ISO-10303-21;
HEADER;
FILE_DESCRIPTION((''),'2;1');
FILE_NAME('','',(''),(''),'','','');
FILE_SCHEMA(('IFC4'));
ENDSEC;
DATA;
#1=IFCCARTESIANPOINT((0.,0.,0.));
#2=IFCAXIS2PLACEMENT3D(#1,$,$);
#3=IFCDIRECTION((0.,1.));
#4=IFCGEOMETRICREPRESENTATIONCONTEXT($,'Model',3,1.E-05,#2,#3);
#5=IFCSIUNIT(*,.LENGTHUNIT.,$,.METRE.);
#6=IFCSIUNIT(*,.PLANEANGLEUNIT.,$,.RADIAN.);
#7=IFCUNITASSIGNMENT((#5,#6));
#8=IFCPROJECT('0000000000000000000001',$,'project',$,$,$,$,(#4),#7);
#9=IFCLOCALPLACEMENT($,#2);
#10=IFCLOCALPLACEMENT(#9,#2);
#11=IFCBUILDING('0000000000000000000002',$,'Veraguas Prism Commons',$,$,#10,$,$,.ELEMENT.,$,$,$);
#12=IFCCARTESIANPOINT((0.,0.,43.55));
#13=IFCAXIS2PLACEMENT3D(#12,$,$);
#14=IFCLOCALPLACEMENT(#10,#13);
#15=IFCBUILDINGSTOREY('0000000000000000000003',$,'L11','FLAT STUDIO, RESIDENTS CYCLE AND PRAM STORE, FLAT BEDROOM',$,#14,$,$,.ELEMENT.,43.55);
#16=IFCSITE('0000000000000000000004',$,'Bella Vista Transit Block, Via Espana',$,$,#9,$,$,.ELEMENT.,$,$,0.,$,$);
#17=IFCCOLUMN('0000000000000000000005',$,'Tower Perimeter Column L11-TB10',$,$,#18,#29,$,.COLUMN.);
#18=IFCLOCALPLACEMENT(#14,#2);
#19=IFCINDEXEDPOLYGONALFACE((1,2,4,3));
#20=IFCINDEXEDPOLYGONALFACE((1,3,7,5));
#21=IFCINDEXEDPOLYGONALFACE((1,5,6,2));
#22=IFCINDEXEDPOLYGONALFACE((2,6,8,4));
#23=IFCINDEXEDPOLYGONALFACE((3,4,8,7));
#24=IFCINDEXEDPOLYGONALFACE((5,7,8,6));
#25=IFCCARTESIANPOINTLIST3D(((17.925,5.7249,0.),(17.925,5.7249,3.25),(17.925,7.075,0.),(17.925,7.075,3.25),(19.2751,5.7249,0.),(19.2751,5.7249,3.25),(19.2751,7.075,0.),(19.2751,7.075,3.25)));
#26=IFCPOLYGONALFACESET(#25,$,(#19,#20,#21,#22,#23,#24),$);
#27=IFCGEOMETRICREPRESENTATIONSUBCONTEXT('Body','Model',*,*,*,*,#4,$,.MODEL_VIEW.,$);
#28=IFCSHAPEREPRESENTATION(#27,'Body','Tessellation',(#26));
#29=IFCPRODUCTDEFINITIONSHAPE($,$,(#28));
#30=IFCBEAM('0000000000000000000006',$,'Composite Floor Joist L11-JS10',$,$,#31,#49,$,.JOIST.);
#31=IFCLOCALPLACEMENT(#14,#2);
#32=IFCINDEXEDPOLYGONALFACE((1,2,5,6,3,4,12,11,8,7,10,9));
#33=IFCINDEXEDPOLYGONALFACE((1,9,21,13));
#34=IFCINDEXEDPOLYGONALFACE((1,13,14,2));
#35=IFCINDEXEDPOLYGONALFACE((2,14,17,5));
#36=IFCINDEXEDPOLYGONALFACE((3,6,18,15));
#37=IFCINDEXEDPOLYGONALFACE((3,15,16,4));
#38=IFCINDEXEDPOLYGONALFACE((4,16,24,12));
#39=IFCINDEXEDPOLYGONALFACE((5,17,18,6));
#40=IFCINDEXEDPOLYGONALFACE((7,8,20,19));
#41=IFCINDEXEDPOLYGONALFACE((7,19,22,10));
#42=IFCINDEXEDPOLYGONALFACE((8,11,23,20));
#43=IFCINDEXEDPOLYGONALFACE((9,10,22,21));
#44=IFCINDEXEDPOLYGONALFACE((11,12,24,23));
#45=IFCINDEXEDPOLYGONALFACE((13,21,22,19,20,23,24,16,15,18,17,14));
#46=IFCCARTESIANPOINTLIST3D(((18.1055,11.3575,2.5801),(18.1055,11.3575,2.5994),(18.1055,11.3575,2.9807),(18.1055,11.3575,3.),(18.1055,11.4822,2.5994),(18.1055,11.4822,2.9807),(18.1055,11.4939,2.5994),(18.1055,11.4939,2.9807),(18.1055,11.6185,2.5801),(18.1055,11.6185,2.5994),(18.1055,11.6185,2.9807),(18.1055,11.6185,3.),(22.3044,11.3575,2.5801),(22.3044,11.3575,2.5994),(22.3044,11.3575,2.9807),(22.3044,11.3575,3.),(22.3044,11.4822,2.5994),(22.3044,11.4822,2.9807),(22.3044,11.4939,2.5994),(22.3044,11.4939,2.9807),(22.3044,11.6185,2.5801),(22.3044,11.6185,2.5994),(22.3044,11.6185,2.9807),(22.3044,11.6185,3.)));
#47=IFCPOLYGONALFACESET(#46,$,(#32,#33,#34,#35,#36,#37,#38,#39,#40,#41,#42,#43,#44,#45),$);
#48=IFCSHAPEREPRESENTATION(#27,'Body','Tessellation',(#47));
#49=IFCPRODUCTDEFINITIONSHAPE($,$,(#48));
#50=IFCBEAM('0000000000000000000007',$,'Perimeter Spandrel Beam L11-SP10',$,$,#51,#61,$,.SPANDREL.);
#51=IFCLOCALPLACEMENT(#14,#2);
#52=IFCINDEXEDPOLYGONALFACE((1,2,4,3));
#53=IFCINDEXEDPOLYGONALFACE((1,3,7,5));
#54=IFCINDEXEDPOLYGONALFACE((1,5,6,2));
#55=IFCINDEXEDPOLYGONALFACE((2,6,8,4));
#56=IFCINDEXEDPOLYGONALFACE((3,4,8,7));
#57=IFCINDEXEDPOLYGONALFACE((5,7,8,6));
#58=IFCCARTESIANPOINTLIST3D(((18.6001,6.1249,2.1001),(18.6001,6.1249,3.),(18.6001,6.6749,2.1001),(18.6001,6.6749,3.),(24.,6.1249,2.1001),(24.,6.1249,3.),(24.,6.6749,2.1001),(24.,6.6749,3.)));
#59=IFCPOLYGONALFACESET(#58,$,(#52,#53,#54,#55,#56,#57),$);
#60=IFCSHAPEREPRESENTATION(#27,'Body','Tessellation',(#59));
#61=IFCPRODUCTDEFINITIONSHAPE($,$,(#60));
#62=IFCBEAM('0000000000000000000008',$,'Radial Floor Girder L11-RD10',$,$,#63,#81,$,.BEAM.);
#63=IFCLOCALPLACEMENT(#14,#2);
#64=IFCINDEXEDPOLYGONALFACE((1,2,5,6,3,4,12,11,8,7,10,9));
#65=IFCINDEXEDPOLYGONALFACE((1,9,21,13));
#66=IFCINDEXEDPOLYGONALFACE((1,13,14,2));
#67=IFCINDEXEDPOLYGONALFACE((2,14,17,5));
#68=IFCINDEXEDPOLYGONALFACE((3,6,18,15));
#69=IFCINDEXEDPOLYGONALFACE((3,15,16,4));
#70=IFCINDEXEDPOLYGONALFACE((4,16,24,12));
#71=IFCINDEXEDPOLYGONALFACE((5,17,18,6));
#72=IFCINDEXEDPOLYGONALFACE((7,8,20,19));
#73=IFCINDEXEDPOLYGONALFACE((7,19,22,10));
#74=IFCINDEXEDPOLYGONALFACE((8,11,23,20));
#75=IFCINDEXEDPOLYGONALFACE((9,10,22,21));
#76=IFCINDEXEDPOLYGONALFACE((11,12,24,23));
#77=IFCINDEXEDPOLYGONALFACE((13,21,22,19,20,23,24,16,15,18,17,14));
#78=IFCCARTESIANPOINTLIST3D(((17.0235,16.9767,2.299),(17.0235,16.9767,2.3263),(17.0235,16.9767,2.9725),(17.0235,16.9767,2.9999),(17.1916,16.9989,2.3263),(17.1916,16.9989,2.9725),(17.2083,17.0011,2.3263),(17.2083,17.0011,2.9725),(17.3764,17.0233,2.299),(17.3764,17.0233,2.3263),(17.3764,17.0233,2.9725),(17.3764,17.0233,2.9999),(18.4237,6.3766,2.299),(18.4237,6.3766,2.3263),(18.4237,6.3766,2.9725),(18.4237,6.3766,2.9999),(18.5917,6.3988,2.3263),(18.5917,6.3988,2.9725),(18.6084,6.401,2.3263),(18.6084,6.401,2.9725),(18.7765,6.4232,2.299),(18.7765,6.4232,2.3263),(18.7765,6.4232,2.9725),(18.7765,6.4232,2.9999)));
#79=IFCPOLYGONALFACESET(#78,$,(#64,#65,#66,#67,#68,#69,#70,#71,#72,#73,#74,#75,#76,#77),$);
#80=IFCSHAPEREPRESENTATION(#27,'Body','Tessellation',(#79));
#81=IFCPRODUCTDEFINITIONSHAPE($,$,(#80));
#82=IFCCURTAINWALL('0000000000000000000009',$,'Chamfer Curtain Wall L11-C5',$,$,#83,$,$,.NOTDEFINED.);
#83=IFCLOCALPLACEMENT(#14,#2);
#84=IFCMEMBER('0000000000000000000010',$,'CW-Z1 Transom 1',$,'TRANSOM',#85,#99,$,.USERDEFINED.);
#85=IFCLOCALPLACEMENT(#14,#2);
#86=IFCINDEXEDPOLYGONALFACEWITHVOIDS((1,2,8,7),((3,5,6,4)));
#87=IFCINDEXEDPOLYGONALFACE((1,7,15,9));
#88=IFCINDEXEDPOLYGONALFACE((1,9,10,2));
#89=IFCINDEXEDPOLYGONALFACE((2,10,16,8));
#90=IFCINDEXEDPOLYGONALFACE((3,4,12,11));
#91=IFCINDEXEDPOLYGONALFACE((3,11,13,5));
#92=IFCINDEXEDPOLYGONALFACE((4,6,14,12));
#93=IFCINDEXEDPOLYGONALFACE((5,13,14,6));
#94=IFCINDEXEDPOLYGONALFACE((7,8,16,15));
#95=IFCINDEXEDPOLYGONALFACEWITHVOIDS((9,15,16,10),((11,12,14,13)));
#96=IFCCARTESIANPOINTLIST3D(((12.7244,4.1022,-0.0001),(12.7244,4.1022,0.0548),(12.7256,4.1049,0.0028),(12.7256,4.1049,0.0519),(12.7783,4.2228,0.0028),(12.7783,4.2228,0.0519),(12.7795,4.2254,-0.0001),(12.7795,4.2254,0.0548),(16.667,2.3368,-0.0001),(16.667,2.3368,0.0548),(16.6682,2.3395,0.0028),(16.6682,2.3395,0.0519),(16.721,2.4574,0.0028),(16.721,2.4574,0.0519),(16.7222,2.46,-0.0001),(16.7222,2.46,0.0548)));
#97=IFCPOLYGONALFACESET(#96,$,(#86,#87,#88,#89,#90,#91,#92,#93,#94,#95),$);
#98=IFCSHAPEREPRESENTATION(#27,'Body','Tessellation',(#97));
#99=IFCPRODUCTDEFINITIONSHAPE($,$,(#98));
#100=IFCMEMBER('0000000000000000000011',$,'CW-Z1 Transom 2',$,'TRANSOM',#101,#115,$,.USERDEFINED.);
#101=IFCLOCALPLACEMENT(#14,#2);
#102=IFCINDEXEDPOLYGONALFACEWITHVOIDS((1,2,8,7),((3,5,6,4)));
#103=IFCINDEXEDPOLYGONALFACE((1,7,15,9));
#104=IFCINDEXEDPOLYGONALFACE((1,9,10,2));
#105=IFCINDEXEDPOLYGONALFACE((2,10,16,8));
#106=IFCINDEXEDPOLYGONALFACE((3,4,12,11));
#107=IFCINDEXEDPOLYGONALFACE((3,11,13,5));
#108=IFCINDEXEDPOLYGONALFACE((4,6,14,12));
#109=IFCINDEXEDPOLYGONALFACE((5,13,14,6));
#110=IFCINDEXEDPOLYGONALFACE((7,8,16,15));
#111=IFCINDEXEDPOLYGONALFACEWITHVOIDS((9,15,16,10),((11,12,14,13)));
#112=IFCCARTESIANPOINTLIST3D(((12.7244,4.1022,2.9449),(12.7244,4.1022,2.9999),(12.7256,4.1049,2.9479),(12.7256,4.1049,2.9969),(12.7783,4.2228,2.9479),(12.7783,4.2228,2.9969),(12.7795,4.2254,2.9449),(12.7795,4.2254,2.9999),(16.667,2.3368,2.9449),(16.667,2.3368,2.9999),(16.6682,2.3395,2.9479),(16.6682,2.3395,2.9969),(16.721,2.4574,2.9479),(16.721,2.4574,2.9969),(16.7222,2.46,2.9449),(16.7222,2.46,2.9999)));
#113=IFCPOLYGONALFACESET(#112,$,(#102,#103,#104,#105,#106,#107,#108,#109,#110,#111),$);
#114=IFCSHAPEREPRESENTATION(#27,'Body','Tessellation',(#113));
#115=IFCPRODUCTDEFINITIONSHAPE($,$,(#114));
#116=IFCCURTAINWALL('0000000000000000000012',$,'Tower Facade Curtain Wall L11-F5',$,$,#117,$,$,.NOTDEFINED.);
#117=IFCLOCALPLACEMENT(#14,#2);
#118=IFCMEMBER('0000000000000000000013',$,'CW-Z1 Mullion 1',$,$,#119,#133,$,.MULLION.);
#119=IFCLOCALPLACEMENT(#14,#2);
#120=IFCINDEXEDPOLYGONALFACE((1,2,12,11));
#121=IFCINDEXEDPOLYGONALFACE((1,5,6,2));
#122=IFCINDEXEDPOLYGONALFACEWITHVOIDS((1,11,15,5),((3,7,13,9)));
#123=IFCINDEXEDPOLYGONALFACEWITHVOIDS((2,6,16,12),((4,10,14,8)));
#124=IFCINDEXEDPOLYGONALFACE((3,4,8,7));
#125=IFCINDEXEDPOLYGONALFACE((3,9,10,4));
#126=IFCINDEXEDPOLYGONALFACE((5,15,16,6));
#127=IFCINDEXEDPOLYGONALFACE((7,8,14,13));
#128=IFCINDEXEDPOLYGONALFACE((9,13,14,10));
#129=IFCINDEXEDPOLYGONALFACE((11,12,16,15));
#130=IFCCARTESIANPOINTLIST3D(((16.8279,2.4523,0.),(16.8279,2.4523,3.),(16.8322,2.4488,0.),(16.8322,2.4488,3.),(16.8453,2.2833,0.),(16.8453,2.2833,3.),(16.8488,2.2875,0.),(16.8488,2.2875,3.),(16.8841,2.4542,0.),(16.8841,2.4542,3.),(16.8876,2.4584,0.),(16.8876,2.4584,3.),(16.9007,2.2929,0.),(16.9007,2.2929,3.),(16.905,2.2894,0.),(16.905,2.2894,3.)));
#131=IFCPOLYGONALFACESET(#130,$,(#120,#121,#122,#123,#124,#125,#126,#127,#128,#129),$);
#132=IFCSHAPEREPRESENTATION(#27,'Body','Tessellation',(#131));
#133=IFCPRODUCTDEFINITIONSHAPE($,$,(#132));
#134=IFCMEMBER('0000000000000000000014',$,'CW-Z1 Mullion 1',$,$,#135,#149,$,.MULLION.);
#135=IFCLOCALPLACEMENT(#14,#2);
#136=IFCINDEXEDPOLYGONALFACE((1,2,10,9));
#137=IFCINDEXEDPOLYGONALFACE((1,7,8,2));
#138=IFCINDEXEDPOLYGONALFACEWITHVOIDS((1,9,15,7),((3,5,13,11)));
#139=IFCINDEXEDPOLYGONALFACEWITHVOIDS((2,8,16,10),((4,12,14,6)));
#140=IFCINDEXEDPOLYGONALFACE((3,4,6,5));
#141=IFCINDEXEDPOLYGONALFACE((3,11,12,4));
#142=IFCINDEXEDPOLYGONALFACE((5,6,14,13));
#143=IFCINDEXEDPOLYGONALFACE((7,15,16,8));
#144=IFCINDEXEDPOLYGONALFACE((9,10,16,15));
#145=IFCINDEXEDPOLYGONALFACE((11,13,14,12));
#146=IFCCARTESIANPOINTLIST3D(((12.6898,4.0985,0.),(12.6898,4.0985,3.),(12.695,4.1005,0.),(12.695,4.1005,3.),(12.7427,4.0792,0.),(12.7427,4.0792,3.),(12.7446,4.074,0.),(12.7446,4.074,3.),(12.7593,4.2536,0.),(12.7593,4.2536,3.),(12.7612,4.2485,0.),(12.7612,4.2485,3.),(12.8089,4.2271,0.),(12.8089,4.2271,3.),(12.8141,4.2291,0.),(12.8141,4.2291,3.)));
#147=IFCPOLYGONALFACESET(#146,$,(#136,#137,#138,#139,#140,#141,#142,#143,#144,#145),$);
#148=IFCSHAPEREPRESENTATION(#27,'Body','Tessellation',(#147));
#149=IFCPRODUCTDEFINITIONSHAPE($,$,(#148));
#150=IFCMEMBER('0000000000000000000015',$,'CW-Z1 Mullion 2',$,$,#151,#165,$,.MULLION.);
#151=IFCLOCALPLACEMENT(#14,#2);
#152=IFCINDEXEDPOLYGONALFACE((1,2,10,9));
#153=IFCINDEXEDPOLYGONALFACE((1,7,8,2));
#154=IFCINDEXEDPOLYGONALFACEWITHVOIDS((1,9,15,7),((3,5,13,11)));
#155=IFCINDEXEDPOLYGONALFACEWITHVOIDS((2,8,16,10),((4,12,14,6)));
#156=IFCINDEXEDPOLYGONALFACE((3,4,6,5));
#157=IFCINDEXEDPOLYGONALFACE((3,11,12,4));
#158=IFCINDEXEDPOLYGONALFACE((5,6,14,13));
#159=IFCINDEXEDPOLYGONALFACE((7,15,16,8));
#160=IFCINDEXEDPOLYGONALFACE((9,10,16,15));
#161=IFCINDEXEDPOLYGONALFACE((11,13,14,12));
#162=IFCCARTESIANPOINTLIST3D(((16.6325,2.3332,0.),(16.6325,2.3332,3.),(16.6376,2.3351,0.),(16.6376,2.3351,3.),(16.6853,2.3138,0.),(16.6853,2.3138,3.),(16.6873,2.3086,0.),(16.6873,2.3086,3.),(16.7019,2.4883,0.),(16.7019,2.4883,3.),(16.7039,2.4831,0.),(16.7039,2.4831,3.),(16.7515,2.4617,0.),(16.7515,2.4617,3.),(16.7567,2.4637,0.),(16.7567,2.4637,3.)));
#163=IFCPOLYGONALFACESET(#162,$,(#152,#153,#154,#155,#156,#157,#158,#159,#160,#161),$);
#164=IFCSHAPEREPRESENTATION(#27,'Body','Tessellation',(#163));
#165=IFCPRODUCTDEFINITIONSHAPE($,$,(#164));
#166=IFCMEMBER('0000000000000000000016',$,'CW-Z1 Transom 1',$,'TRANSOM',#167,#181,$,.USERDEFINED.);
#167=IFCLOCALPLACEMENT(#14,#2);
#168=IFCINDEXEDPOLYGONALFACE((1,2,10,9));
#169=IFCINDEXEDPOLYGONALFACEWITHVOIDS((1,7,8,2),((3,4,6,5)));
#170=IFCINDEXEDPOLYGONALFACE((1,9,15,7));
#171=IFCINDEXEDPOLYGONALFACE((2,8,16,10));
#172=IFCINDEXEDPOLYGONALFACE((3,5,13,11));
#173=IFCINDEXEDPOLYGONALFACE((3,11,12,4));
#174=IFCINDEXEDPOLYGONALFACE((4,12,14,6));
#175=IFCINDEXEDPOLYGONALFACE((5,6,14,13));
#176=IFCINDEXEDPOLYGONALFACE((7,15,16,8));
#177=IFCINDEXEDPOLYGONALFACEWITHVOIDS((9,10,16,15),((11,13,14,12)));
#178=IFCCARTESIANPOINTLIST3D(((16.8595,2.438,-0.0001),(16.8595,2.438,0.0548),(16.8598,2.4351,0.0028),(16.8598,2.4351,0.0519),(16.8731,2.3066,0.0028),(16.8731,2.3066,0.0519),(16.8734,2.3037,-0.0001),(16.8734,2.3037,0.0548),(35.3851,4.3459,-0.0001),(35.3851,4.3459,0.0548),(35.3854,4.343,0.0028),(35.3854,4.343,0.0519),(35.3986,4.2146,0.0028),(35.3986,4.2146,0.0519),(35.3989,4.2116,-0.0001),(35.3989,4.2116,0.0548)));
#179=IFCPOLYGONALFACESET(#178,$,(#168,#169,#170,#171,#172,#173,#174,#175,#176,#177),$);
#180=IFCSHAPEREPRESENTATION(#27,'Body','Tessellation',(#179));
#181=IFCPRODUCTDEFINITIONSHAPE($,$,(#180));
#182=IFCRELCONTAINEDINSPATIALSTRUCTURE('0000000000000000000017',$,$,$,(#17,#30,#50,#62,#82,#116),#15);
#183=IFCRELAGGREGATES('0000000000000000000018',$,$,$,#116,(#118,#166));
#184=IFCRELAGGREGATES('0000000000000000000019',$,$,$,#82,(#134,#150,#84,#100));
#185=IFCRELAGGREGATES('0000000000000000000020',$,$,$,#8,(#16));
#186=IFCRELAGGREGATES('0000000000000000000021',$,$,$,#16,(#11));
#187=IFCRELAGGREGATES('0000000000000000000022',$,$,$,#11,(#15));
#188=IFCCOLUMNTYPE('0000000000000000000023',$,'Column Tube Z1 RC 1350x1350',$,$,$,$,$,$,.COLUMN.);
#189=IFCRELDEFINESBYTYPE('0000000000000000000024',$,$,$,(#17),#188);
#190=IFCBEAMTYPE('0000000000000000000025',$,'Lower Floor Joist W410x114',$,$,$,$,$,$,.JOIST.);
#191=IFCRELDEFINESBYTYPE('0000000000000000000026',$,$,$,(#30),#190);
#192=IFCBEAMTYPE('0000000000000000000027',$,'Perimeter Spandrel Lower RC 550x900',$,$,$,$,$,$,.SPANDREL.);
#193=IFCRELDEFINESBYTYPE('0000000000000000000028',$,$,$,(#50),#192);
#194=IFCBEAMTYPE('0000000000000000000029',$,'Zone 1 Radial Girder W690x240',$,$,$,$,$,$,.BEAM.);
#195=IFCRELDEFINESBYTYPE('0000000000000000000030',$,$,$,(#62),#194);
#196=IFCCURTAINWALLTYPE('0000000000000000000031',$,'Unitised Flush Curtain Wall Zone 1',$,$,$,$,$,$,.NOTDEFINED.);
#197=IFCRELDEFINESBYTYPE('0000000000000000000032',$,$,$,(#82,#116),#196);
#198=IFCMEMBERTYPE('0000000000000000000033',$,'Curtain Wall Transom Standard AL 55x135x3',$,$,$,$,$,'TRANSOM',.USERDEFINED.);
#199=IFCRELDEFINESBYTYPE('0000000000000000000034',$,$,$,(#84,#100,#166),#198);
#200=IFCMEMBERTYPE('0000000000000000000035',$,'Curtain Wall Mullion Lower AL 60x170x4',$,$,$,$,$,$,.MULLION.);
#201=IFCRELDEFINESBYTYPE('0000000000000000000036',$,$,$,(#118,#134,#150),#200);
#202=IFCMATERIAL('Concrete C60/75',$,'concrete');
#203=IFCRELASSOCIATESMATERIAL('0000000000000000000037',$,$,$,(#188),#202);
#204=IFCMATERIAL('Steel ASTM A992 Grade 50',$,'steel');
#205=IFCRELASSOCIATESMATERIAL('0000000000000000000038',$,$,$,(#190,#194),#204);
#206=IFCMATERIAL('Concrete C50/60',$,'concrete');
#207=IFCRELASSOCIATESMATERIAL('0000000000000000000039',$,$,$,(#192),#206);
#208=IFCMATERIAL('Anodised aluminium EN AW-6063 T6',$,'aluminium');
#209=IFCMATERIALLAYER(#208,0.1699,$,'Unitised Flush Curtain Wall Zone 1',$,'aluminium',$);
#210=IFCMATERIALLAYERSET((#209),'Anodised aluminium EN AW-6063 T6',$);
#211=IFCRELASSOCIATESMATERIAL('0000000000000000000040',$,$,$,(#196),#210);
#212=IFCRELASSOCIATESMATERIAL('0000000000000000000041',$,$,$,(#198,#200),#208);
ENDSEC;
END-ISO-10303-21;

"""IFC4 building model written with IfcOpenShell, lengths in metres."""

from ifc_helpers import new_model, si_unit, direction, frame, origin, origin_2d, place, context, subcontext, project, spatial, rectangle, hollow_rectangle, i_section, extrude, source, transform, mapped, material, layer, layer_set, material_profile, profile_set, type_object, element, aggregate, save


model = new_model("IFC4")

# Units and contexts
model_context = context("Model", 3, precision=1e-05, world=origin(), true_north=direction((0.0, 1.0)))
body_context = subcontext(model_context, "Body", "Model", "MODEL_VIEW")
ifc_project = project(units=[si_unit("LENGTHUNIT", "METRE"), si_unit("PLANEANGLEUNIT", "RADIAN")], contexts=[model_context])

# Site, building, storey
site_placement = place(None, origin())
site = spatial("IfcSite", under=ifc_project, at=site_placement, Name="Bella Vista Transit Block, Via Espana", CompositionType="ELEMENT", RefElevation=0.0)
building_placement = place(site_placement, origin())
building = spatial("IfcBuilding", under=site, at=building_placement, Name="Veraguas Prism Commons", CompositionType="ELEMENT")
storey_placement = place(building_placement, frame((0.0, 0.0, 43.55)))
storey = spatial("IfcBuildingStorey", under=building, at=storey_placement, Name="L11", Description="FLAT STUDIO, RESIDENTS CYCLE AND PRAM STORE, FLAT BEDROOM", CompositionType="ELEMENT", Elevation=43.55)

# Column
ifc_material_1 = material(Name="Concrete C60/75", Category="concrete")
ifc_material_profile_1 = material_profile(ifc_material_1, rectangle(XDim=1.3501, YDim=1.3501, at=origin_2d()), Name="RC1350X1350")
ifc_profile_set_1 = profile_set([ifc_material_profile_1], Name="Concrete C60/75")
column_type = type_object("IfcColumnType", Name="Column Tube Z1 RC 1350x1350", PredefinedType="COLUMN", material=ifc_profile_set_1)
column_placement = place(storey_placement, frame((18.6001, 6.3999, 0.0), z_axis=(0.0, 0.0, 1.0), x_axis=(1.0, 0.0, 0.0)))
element("IfcColumn", 1, at=column_placement, inside=storey, type_object=column_type, Name="Tower Perimeter Column L11-TB10", PredefinedType="COLUMN", context=body_context, shape_type="SweptSolid", body=[
    extrude(rectangle(XDim=1.3501, YDim=1.3501, at=origin_2d()), origin(), (0.0, 0.0, 1.0), 3.25),
])

# Beams
ifc_material_2 = material(Name="Steel ASTM A992 Grade 50", Category="steel")
ifc_material_profile_2 = material_profile(ifc_material_2, i_section(OverallWidth=0.261, OverallDepth=0.4199, WebThickness=0.0117, FlangeThickness=0.0193, at=origin_2d()), Name="W410X114")
ifc_profile_set_2 = profile_set([ifc_material_profile_2], Name="Steel ASTM A992 Grade 50")
beam_type_1 = type_object("IfcBeamType", Name="Lower Floor Joist W410x114", PredefinedType="JOIST", material=ifc_profile_set_2)
beam_1_placement = place(storey_placement, frame((18.1055, 11.488, 2.79), z_axis=(1.0, 0.0, 0.0), x_axis=(0.0, 1.0, 0.0)))
element("IfcBeam", 2, at=beam_1_placement, inside=storey, type_object=beam_type_1, Name="Composite Floor Joist L11-JS10", PredefinedType="JOIST", context=body_context, shape_type="SweptSolid", body=[
    extrude(i_section(OverallWidth=0.261, OverallDepth=0.4199, WebThickness=0.0117, FlangeThickness=0.0193, at=origin_2d()), origin(), (0.0, 0.0, 1.0), 4.199),
])
ifc_material_3 = material(Name="Concrete C50/60", Category="concrete")
ifc_material_profile_3 = material_profile(ifc_material_3, rectangle(XDim=0.55, YDim=0.8999, at=origin_2d()), Name="RC550X900")
ifc_profile_set_3 = profile_set([ifc_material_profile_3], Name="Concrete C50/60")
beam_type_2 = type_object("IfcBeamType", Name="Perimeter Spandrel Lower RC 550x900", PredefinedType="SPANDREL", material=ifc_profile_set_3)
beam_2_placement = place(storey_placement, frame((18.6001, 6.3999, 2.55), z_axis=(1.0, 0.0, 0.0), x_axis=(0.0, 1.0, 0.0)))
element("IfcBeam", 3, at=beam_2_placement, inside=storey, type_object=beam_type_2, Name="Perimeter Spandrel Beam L11-SP10", PredefinedType="SPANDREL", context=body_context, shape_type="SweptSolid", body=[
    extrude(rectangle(XDim=0.55, YDim=0.8999, at=origin_2d()), origin(), (0.0, 0.0, 1.0), 5.3999),
])
ifc_material_profile_4 = material_profile(ifc_material_2, i_section(OverallWidth=0.356, OverallDepth=0.7009, WebThickness=0.0168, FlangeThickness=0.0273, at=origin_2d()), Name="W690X240")
ifc_profile_set_4 = profile_set([ifc_material_profile_4], Name="Steel ASTM A992 Grade 50")
beam_type_3 = type_object("IfcBeamType", Name="Zone 1 Radial Girder W690x240", PredefinedType="BEAM", material=ifc_profile_set_4)
beam_3_placement = place(storey_placement, frame((18.6001, 6.3999, 2.6494), z_axis=(-0.130951, 0.991389, 0.0), x_axis=(-0.991389, -0.130951, 0.0)))
element("IfcBeam", 4, at=beam_3_placement, inside=storey, type_object=beam_type_3, Name="Radial Floor Girder L11-RD10", PredefinedType="BEAM", context=body_context, shape_type="SweptSolid", body=[
    extrude(i_section(OverallWidth=0.356, OverallDepth=0.7009, WebThickness=0.0168, FlangeThickness=0.0273, at=origin_2d()), origin(), (0.0, 0.0, 1.0), 10.6921),
])

# Curtain wall, members
ifc_material_4 = material(Name="Anodised aluminium EN AW-6063 T6", Category="aluminium")
ifc_layer_1 = layer(ifc_material_4, 0.1699, Name="Unitised Flush Curtain Wall Zone 1", Category="aluminium")
ifc_layer_set_1 = layer_set([ifc_layer_1], Name="Anodised aluminium EN AW-6063 T6")
curtain_wall_type = type_object("IfcCurtainWallType", Name="Unitised Flush Curtain Wall Zone 1", PredefinedType="NOTDEFINED", material=ifc_layer_set_1)
curtain_wall_1_placement = place(storey_placement, origin())
curtain_wall_1 = element("IfcCurtainWall", 5, at=curtain_wall_1_placement, inside=storey, type_object=curtain_wall_type, Name="Chamfer Curtain Wall L11-C5", PredefinedType="NOTDEFINED")
ifc_material_profile_5 = material_profile(ifc_material_4, hollow_rectangle(XDim=0.0549, YDim=0.135, WallThickness=0.0029, at=origin_2d()), Name="AL55X135X3")
ifc_profile_set_5 = profile_set([ifc_material_profile_5], Name="Anodised aluminium EN AW-6063 T6")
member_type_1 = type_object("IfcMemberType", Name="Curtain Wall Transom Standard AL 55x135x3", ElementType="TRANSOM", PredefinedType="USERDEFINED", material=ifc_profile_set_5)
shared_shape_1 = source(origin(), body_context, "Body", "SweptSolid", [
    extrude(hollow_rectangle(XDim=0.0549, YDim=0.135, WallThickness=0.0029, at=origin_2d()), origin(), (0.0, 0.0, 1.0), 4.3198),
])
member_1_placement = place(storey_placement, frame((12.752, 4.1638, 0.0273), z_axis=(0.912682, -0.40867, 0.0), x_axis=(0.0, 0.0, 1.0)))
member_1 = element("IfcMember", 6, at=member_1_placement, type_object=member_type_1, Name="CW-Z1 Transom 1", ObjectType="TRANSOM", PredefinedType="USERDEFINED", context=body_context, shape_type="MappedRepresentation", body=[
    mapped(shared_shape_1, transform((0.0, 0.0, 0.0), scale=1.0)),
])
member_2_placement = place(storey_placement, frame((12.752, 4.1638, 2.9724), z_axis=(0.912682, -0.40867, 0.0), x_axis=(0.0, 0.0, 1.0)))
member_2 = element("IfcMember", 7, at=member_2_placement, type_object=member_type_1, Name="CW-Z1 Transom 2", ObjectType="TRANSOM", PredefinedType="USERDEFINED", context=body_context, shape_type="MappedRepresentation", body=[
    mapped(shared_shape_1, transform((0.0, 0.0, 0.0), scale=1.0)),
])

# Curtain wall, member
curtain_wall_2_placement = place(storey_placement, origin())
curtain_wall_2 = element("IfcCurtainWall", 8, at=curtain_wall_2_placement, inside=storey, type_object=curtain_wall_type, Name="Tower Facade Curtain Wall L11-F5", PredefinedType="NOTDEFINED")
ifc_material_profile_6 = material_profile(ifc_material_4, hollow_rectangle(XDim=0.0601, YDim=0.1699, WallThickness=0.0039, at=origin_2d()), Name="AL60X170X4")
ifc_profile_set_6 = profile_set([ifc_material_profile_6], Name="Anodised aluminium EN AW-6063 T6")
member_type_2 = type_object("IfcMemberType", Name="Curtain Wall Mullion Lower AL 60x170x4", PredefinedType="MULLION", material=ifc_profile_set_6)
shared_shape_2 = source(origin(), body_context, "Body", "SweptSolid", [
    extrude(hollow_rectangle(XDim=0.0601, YDim=0.1699, WallThickness=0.0039, at=origin_2d()), origin(), (0.0, 0.0, 1.0), 3.0),
])
member_3_placement = place(storey_placement, frame((16.8665, 2.3708, 0.0), z_axis=(0.0, 0.0, 1.0), x_axis=(0.994738, 0.102447, 0.0)))
member_3 = element("IfcMember", 9, at=member_3_placement, type_object=member_type_2, Name="CW-Z1 Mullion 1", PredefinedType="MULLION", context=body_context, shape_type="MappedRepresentation", body=[
    mapped(shared_shape_2, transform((0.0, 0.0, 0.0), scale=1.0)),
])

# Members
member_4_placement = place(storey_placement, frame((12.752, 4.1638, 0.0), z_axis=(0.0, 0.0, 1.0), x_axis=(0.912687, -0.40866, 0.0)))
member_4 = element("IfcMember", 10, at=member_4_placement, type_object=member_type_2, Name="CW-Z1 Mullion 1", PredefinedType="MULLION", context=body_context, shape_type="MappedRepresentation", body=[
    mapped(shared_shape_2, transform((0.0, 0.0, 0.0), scale=1.0)),
])
member_5_placement = place(storey_placement, frame((16.6946, 2.3984, 0.0), z_axis=(0.0, 0.0, 1.0), x_axis=(0.912687, -0.40866, 0.0)))
member_5 = element("IfcMember", 11, at=member_5_placement, type_object=member_type_2, Name="CW-Z1 Mullion 2", PredefinedType="MULLION", context=body_context, shape_type="MappedRepresentation", body=[
    mapped(shared_shape_2, transform((0.0, 0.0, 0.0), scale=1.0)),
])
shared_shape_3 = source(origin(), body_context, "Body", "SweptSolid", [
    extrude(hollow_rectangle(XDim=0.0549, YDim=0.135, WallThickness=0.0029, at=origin_2d()), origin(), (0.0, 0.0, 1.0), 18.6235),
])
member_6_placement = place(storey_placement, frame((16.8665, 2.3708, 0.0273), z_axis=(0.994738, 0.102448, 0.0), x_axis=(0.0, 0.0, 1.0)))
member_6 = element("IfcMember", 12, at=member_6_placement, type_object=member_type_1, Name="CW-Z1 Transom 1", ObjectType="TRANSOM", PredefinedType="USERDEFINED", context=body_context, shape_type="MappedRepresentation", body=[
    mapped(shared_shape_3, transform((0.0, 0.0, 0.0), scale=1.0)),
])

aggregate(curtain_wall_2, [member_3, member_6])
aggregate(curtain_wall_1, [member_4, member_5, member_1, member_2])

save(model, "model.ifc")
